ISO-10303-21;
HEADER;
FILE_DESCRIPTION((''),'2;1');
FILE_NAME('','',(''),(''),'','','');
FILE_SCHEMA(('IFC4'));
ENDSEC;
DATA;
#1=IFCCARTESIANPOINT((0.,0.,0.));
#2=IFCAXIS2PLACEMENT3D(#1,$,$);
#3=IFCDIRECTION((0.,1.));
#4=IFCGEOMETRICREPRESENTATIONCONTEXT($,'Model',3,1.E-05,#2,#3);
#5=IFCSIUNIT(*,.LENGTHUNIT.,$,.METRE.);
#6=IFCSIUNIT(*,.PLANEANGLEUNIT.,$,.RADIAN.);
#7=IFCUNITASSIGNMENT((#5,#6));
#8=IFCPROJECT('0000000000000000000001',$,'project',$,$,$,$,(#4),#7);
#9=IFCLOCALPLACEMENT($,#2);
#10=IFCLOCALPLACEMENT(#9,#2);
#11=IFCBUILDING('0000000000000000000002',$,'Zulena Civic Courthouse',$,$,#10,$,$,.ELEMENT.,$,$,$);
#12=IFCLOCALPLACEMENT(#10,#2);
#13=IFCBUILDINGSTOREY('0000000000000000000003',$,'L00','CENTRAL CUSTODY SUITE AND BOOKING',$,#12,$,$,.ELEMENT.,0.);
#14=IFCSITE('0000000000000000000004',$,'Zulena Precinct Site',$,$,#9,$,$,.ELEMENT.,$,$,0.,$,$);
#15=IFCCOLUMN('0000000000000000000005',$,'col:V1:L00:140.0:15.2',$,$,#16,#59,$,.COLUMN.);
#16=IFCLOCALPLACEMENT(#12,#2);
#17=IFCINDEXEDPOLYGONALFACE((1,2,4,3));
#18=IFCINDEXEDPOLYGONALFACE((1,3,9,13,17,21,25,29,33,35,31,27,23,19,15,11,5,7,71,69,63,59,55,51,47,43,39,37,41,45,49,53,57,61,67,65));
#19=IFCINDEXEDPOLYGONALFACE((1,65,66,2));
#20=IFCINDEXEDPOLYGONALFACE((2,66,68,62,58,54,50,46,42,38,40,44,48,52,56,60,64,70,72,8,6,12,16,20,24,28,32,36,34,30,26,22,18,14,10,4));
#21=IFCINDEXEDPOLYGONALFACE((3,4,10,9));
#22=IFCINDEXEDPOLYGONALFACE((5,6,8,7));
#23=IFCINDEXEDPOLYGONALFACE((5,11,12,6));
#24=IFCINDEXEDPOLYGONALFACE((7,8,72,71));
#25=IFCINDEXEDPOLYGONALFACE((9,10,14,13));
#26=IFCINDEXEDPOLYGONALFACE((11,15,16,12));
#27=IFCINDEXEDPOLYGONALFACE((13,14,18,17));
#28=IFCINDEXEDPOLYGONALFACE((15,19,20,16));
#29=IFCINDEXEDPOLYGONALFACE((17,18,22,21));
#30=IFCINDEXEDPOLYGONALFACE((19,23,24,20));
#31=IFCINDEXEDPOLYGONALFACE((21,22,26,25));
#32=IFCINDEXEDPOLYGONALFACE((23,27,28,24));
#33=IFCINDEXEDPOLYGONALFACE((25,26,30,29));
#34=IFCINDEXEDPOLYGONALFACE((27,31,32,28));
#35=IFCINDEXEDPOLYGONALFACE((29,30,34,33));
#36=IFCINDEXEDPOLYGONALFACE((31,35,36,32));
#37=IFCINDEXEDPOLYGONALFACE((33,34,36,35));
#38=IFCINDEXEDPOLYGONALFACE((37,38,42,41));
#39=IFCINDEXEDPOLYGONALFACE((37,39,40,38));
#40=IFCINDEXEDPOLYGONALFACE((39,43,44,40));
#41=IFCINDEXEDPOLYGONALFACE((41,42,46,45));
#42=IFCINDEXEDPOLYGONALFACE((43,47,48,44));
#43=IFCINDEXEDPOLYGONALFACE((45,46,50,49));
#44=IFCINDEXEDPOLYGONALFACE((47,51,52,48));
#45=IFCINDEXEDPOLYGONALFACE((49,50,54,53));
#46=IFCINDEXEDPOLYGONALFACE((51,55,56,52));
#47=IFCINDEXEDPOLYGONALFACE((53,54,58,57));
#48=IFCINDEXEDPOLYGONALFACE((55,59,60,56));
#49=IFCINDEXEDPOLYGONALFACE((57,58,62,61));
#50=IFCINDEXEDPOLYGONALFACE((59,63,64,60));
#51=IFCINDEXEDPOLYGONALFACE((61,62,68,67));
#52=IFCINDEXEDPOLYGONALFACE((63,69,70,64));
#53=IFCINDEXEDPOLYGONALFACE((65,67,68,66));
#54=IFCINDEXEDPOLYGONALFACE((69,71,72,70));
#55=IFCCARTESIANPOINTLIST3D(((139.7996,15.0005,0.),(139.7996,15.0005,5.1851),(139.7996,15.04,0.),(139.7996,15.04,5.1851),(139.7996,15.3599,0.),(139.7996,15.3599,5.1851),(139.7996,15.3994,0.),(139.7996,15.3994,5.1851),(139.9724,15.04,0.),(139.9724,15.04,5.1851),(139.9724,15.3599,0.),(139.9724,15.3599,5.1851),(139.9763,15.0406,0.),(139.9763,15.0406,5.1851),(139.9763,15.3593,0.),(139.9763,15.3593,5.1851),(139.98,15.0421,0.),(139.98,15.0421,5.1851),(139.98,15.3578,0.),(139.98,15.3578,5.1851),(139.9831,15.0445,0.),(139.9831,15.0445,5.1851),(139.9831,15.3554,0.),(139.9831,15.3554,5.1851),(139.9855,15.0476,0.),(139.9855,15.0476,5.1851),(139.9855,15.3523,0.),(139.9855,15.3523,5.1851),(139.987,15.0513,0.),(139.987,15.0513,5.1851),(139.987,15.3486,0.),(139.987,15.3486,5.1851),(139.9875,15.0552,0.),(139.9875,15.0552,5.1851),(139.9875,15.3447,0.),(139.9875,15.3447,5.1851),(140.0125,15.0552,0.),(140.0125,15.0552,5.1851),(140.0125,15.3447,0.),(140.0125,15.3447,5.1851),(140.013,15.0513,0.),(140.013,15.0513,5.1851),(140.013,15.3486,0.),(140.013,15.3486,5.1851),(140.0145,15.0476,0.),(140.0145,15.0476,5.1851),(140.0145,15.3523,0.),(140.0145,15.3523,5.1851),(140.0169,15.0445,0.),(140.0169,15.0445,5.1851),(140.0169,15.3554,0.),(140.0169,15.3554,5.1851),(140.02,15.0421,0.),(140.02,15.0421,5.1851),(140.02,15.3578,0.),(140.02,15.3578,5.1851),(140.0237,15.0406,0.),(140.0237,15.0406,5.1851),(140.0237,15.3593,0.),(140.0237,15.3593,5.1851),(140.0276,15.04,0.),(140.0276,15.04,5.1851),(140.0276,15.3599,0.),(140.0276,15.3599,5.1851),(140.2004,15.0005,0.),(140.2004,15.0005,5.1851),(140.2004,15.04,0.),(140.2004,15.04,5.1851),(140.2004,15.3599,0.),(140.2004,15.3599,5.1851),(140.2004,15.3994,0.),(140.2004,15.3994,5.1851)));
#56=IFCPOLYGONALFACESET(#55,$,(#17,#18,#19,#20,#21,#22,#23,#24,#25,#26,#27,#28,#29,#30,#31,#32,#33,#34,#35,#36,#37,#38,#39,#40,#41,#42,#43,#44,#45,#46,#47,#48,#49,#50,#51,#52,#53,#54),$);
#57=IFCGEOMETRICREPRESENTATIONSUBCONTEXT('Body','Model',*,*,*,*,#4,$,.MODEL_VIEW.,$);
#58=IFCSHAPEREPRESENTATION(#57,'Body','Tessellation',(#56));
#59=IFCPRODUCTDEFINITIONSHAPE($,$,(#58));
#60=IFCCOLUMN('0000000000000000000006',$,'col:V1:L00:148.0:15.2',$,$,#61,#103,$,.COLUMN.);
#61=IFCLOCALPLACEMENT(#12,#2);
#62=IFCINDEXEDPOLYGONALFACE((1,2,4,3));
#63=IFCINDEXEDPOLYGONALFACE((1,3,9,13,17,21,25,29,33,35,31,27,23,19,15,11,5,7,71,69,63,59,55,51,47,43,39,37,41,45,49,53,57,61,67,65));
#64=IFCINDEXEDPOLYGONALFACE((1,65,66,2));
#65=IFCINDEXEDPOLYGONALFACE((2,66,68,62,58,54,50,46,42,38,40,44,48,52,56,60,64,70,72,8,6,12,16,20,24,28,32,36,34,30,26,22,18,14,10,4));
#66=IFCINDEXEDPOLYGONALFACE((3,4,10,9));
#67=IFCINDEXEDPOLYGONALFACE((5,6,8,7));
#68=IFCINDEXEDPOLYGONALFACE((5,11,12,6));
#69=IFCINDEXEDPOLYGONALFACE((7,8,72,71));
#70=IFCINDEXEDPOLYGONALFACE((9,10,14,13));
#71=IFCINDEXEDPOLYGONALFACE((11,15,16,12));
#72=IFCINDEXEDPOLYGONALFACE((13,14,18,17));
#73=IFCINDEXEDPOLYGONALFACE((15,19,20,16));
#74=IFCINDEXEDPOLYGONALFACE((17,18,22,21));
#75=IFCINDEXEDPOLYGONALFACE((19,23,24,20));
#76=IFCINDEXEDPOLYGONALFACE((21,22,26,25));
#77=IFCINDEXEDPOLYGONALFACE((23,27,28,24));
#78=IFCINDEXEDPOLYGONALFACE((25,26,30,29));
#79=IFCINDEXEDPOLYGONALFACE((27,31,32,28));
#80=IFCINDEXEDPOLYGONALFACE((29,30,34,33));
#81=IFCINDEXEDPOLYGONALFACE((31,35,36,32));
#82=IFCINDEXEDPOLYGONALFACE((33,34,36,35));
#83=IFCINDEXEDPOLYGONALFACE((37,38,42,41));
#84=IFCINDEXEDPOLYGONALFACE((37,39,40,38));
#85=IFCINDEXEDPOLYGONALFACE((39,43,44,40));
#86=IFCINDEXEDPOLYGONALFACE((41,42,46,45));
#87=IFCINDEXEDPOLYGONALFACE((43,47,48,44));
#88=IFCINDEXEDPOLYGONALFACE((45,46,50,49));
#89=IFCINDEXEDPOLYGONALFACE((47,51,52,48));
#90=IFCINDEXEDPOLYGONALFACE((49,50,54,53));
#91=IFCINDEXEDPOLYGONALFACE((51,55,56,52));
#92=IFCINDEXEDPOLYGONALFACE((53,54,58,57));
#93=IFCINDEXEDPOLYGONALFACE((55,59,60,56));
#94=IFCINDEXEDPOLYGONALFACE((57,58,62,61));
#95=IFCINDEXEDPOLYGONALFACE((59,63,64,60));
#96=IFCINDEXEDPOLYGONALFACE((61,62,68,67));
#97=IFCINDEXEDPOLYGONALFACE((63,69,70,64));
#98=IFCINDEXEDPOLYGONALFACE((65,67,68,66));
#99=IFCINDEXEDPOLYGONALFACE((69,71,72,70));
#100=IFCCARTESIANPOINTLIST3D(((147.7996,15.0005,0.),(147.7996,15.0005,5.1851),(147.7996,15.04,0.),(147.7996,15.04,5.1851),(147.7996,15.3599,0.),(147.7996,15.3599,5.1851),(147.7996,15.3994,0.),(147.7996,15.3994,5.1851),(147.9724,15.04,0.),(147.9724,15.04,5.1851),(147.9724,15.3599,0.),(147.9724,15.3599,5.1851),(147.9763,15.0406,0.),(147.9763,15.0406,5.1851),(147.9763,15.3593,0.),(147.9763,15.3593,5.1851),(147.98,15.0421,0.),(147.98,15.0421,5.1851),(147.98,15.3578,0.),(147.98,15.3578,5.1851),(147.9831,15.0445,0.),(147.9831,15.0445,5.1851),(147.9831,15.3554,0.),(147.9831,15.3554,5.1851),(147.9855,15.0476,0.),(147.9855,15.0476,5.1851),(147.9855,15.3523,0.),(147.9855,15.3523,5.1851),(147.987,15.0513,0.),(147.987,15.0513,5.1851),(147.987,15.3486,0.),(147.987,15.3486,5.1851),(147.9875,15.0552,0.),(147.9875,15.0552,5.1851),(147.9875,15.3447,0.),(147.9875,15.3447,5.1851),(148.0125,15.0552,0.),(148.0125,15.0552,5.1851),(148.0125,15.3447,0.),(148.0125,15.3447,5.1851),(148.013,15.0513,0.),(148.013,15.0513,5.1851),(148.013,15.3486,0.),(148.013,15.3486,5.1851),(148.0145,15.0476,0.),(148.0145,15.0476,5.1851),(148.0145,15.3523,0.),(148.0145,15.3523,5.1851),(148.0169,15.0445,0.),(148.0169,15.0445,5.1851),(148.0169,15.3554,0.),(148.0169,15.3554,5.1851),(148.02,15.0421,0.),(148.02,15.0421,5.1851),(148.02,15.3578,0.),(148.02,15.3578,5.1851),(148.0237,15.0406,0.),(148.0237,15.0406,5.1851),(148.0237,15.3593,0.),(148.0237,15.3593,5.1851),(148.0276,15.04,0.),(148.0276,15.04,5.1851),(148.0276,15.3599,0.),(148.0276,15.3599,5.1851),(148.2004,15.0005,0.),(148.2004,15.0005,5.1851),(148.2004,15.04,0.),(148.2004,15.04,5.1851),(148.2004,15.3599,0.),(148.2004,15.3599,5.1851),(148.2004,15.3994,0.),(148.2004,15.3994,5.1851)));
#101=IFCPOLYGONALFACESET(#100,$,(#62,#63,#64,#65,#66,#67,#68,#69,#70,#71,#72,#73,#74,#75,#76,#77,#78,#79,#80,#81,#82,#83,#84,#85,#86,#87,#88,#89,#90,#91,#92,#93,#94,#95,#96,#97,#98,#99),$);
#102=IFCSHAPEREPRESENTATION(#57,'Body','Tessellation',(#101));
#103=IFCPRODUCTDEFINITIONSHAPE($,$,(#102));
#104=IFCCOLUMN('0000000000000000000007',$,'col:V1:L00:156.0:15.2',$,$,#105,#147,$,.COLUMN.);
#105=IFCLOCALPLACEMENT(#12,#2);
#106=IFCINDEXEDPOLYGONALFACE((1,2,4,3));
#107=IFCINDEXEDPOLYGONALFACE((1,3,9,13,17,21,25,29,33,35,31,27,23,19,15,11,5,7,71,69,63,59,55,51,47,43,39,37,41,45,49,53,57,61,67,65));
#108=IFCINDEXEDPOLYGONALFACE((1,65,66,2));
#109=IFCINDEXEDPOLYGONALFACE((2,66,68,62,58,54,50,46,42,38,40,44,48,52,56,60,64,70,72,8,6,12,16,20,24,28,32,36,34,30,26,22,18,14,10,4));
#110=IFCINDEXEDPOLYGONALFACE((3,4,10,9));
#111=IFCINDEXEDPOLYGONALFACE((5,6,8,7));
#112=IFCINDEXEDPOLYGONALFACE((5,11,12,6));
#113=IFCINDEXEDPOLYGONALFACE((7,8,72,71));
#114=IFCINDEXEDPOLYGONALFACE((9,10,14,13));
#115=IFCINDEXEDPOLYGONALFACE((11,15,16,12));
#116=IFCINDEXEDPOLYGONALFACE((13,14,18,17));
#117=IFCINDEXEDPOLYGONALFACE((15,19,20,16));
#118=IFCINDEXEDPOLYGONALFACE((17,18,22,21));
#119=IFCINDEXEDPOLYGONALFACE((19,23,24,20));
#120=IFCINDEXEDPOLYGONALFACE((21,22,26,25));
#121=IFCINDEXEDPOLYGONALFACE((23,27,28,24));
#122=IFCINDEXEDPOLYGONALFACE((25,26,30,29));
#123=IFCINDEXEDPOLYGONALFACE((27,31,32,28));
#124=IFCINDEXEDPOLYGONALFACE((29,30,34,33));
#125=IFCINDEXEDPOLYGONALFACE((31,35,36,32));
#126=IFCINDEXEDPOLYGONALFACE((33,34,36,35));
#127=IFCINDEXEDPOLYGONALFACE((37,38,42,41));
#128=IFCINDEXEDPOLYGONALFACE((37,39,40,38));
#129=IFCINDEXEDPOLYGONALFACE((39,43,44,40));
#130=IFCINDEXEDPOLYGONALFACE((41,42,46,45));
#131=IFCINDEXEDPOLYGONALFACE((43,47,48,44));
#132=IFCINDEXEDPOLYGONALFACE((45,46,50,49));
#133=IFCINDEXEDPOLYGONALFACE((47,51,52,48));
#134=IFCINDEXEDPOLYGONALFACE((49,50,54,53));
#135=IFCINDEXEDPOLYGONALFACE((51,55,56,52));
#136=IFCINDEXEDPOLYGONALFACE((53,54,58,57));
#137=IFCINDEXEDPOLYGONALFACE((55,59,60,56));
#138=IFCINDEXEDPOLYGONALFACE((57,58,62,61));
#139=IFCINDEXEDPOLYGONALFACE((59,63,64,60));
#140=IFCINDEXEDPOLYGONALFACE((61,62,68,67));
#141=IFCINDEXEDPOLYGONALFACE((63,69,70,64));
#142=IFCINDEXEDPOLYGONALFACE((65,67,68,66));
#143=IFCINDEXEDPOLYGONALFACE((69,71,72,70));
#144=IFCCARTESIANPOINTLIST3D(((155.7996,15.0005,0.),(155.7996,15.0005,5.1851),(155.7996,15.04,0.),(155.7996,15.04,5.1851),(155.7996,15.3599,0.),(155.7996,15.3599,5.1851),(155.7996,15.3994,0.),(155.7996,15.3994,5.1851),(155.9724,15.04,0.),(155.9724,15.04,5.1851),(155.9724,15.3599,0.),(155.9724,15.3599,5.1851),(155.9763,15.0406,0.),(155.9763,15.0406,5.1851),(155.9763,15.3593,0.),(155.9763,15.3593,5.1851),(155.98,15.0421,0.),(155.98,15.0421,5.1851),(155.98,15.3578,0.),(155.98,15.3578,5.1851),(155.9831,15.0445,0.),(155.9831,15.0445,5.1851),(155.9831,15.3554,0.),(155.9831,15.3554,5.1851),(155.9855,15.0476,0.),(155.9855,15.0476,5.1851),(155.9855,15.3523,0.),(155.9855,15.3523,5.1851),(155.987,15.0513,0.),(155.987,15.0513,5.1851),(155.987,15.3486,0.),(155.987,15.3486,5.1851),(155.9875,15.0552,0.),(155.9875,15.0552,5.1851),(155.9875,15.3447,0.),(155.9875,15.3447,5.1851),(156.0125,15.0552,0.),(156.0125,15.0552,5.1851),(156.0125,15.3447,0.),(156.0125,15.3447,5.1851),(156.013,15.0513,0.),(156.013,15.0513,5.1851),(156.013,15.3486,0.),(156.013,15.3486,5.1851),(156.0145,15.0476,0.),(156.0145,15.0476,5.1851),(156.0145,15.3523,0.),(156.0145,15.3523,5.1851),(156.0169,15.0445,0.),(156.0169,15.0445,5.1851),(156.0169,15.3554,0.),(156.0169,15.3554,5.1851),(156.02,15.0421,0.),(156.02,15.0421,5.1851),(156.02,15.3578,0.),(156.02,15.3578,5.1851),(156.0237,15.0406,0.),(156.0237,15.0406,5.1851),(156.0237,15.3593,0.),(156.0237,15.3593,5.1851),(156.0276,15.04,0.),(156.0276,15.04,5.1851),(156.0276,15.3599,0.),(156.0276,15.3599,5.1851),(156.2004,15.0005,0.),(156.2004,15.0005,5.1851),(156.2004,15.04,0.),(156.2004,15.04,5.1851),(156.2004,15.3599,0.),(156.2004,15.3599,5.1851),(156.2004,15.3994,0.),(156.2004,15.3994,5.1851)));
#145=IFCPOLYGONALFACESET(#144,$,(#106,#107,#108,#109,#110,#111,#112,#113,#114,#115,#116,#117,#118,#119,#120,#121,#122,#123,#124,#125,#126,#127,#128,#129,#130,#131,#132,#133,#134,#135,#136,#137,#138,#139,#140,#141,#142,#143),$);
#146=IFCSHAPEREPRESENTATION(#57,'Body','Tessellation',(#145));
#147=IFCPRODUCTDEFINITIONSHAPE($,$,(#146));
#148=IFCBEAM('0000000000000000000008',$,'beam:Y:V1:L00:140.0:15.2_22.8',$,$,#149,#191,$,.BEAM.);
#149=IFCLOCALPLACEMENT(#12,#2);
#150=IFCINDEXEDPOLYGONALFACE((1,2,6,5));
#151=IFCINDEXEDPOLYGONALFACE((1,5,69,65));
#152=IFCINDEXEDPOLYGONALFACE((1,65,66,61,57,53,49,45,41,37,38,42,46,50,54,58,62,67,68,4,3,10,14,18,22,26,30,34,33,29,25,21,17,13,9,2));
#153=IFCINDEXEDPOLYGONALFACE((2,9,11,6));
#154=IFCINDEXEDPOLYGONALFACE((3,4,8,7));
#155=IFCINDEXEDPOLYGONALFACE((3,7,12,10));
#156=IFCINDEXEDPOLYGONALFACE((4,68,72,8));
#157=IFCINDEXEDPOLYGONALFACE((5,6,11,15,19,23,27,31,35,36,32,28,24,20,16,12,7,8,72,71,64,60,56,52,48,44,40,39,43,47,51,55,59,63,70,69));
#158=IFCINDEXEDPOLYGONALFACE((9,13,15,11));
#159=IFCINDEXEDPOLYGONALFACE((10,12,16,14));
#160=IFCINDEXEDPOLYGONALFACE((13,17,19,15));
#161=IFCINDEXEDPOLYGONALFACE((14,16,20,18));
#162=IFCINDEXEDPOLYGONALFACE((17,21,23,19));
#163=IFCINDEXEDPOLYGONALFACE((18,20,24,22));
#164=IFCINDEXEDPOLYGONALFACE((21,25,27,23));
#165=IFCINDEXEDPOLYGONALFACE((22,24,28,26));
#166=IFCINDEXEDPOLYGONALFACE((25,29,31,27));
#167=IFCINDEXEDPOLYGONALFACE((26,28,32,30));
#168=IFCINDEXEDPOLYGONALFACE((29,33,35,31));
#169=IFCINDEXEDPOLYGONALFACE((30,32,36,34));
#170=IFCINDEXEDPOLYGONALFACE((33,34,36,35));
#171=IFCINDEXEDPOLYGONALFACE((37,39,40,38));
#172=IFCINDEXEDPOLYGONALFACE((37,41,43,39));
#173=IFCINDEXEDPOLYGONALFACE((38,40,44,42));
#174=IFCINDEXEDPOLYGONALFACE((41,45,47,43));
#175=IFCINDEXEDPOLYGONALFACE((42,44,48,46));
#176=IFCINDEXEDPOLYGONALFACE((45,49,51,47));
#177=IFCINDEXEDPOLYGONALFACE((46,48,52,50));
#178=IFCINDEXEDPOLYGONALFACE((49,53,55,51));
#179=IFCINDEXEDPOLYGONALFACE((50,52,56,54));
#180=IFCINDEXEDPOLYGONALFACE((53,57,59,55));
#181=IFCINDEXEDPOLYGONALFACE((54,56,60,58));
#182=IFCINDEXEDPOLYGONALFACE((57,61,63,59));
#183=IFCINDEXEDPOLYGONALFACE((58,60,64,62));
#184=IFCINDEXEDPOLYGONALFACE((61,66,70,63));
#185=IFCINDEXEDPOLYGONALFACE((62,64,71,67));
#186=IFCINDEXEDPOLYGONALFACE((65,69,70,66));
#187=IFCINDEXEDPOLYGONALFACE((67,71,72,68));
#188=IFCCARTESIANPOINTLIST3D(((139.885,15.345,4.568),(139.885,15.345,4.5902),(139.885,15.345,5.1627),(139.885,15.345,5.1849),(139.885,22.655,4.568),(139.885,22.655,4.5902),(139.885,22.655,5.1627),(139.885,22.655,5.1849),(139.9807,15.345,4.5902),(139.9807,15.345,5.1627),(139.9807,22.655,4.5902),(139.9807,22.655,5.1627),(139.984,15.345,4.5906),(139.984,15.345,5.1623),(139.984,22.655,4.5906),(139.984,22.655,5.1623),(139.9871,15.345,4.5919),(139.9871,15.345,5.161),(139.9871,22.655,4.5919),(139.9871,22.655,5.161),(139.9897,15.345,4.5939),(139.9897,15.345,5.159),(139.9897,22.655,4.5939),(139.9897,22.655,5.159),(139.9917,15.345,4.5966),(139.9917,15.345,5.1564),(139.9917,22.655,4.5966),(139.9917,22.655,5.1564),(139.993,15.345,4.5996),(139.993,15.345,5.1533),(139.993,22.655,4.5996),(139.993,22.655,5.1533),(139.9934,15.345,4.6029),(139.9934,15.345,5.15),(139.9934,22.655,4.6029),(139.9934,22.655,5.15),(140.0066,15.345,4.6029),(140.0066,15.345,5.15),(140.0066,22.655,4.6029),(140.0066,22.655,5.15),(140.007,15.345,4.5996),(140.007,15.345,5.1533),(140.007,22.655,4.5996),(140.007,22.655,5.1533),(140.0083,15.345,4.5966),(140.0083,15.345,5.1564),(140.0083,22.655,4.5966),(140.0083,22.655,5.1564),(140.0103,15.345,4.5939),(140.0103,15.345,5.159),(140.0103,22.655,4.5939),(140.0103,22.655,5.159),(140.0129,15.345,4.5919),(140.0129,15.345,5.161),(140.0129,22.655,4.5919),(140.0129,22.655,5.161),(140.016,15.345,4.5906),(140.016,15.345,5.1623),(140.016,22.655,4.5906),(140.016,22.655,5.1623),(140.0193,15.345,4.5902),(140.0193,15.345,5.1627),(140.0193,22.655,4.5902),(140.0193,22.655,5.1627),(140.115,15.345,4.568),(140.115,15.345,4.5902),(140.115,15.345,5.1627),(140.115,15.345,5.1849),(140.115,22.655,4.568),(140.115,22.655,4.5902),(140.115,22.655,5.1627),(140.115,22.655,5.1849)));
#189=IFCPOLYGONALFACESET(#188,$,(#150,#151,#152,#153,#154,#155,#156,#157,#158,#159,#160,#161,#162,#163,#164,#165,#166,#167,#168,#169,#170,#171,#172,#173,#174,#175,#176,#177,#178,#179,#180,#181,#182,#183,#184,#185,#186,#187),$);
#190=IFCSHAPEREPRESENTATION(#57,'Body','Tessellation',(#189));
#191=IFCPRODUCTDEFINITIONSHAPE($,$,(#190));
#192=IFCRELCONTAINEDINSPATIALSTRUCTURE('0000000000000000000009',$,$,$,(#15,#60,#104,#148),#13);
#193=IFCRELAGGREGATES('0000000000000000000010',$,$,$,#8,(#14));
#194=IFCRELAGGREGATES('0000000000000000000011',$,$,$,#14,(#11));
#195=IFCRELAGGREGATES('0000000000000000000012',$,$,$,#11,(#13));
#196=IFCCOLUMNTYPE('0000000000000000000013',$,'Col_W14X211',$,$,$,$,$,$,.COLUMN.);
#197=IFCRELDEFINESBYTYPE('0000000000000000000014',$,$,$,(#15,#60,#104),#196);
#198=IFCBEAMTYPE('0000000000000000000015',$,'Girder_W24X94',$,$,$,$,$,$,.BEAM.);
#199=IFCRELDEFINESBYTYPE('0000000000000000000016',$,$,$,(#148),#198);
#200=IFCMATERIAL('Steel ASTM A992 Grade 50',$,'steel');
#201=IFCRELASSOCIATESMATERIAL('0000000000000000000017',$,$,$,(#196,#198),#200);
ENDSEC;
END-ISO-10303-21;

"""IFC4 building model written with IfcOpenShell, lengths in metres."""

from ifc_helpers import new_model, si_unit, direction, frame, origin, origin_2d, place, context, subcontext, project, spatial, i_section, extrude, material, material_profile, profile_set, type_object, element, save


model = new_model("IFC4")

# Units and contexts
model_context = context("Model", 3, precision=1e-05, world=origin(), true_north=direction((0.0, 1.0)))
body_context = subcontext(model_context, "Body", "Model", "MODEL_VIEW")
ifc_project = project(units=[si_unit("LENGTHUNIT", "METRE"), si_unit("PLANEANGLEUNIT", "RADIAN")], contexts=[model_context])

# Site, building, storey
site_placement = place(None, origin())
site = spatial("IfcSite", under=ifc_project, at=site_placement, Name="Zulena Precinct Site", CompositionType="ELEMENT", RefElevation=0.0)
building_placement = place(site_placement, origin())
building = spatial("IfcBuilding", under=site, at=building_placement, Name="Zulena Civic Courthouse", CompositionType="ELEMENT")
storey_placement = place(building_placement, origin())
storey = spatial("IfcBuildingStorey", under=building, at=storey_placement, Name="L00", Description="CENTRAL CUSTODY SUITE AND BOOKING", CompositionType="ELEMENT", Elevation=0.0)

# Columns
ifc_material_1 = material(Name="Steel ASTM A992 Grade 50", Category="steel")
ifc_material_profile_1 = material_profile(ifc_material_1, i_section(OverallWidth=0.4009, OverallDepth=0.3989, WebThickness=0.0249, FlangeThickness=0.0396, FilletRadius=0.0151, at=origin_2d()), Name="W14X211")
ifc_profile_set_1 = profile_set([ifc_material_profile_1], Name="Steel ASTM A992 Grade 50")
column_type = type_object("IfcColumnType", Name="Col_W14X211", PredefinedType="COLUMN", material=ifc_profile_set_1)
for number, where, z_axis, x_axis, name in (
    (1, (140.0, 15.2, 0.0), (0.0, 0.0, 1.0), (1.0, 0.0, 0.0), "col:V1:L00:140.0:15.2"),
    (2, (148.0, 15.2, 0.0), (0.0, 0.0, 1.0), (1.0, 0.0, 0.0), "col:V1:L00:148.0:15.2"),
    (3, (156.0, 15.2, 0.0), (0.0, 0.0, 1.0), (1.0, 0.0, 0.0), "col:V1:L00:156.0:15.2"),
):
    element("IfcColumn", number, at=place(storey_placement, frame(where, z_axis=z_axis, x_axis=x_axis)), inside=storey, type_object=column_type, Name=name, PredefinedType="COLUMN", context=body_context, shape_type="SweptSolid", body=[
        extrude(i_section(OverallWidth=0.4009, OverallDepth=0.3989, WebThickness=0.0249, FlangeThickness=0.0396, FilletRadius=0.0151, at=origin_2d()), origin(), (0.0, 0.0, 1.0), 5.1851),
    ])

# Beam
ifc_material_profile_2 = material_profile(ifc_material_1, i_section(OverallWidth=0.23, OverallDepth=0.6169, WebThickness=0.0132, FlangeThickness=0.0222, FilletRadius=0.0127, at=origin_2d()), Name="W24X94")
ifc_profile_set_2 = profile_set([ifc_material_profile_2], Name="Steel ASTM A992 Grade 50")
beam_type_1 = type_object("IfcBeamType", Name="Girder_W24X94", PredefinedType="BEAM", material=ifc_profile_set_2)
beam_1_placement = place(storey_placement, frame((140.0, 15.345, 4.8765), z_axis=(0.0, 1.0, 0.0), x_axis=(-1.0, 0.0, 0.0)))
element("IfcBeam", 4, at=beam_1_placement, inside=storey, type_object=beam_type_1, Name="beam:Y:V1:L00:140.0:15.2_22.8", PredefinedType="BEAM", context=body_context, shape_type="SweptSolid", body=[
    extrude(i_section(OverallWidth=0.23, OverallDepth=0.6169, WebThickness=0.0132, FlangeThickness=0.0222, FilletRadius=0.0127, at=origin_2d()), origin(), (0.0, 0.0, 1.0), 7.3101),
])

save(model, "model.ifc")
